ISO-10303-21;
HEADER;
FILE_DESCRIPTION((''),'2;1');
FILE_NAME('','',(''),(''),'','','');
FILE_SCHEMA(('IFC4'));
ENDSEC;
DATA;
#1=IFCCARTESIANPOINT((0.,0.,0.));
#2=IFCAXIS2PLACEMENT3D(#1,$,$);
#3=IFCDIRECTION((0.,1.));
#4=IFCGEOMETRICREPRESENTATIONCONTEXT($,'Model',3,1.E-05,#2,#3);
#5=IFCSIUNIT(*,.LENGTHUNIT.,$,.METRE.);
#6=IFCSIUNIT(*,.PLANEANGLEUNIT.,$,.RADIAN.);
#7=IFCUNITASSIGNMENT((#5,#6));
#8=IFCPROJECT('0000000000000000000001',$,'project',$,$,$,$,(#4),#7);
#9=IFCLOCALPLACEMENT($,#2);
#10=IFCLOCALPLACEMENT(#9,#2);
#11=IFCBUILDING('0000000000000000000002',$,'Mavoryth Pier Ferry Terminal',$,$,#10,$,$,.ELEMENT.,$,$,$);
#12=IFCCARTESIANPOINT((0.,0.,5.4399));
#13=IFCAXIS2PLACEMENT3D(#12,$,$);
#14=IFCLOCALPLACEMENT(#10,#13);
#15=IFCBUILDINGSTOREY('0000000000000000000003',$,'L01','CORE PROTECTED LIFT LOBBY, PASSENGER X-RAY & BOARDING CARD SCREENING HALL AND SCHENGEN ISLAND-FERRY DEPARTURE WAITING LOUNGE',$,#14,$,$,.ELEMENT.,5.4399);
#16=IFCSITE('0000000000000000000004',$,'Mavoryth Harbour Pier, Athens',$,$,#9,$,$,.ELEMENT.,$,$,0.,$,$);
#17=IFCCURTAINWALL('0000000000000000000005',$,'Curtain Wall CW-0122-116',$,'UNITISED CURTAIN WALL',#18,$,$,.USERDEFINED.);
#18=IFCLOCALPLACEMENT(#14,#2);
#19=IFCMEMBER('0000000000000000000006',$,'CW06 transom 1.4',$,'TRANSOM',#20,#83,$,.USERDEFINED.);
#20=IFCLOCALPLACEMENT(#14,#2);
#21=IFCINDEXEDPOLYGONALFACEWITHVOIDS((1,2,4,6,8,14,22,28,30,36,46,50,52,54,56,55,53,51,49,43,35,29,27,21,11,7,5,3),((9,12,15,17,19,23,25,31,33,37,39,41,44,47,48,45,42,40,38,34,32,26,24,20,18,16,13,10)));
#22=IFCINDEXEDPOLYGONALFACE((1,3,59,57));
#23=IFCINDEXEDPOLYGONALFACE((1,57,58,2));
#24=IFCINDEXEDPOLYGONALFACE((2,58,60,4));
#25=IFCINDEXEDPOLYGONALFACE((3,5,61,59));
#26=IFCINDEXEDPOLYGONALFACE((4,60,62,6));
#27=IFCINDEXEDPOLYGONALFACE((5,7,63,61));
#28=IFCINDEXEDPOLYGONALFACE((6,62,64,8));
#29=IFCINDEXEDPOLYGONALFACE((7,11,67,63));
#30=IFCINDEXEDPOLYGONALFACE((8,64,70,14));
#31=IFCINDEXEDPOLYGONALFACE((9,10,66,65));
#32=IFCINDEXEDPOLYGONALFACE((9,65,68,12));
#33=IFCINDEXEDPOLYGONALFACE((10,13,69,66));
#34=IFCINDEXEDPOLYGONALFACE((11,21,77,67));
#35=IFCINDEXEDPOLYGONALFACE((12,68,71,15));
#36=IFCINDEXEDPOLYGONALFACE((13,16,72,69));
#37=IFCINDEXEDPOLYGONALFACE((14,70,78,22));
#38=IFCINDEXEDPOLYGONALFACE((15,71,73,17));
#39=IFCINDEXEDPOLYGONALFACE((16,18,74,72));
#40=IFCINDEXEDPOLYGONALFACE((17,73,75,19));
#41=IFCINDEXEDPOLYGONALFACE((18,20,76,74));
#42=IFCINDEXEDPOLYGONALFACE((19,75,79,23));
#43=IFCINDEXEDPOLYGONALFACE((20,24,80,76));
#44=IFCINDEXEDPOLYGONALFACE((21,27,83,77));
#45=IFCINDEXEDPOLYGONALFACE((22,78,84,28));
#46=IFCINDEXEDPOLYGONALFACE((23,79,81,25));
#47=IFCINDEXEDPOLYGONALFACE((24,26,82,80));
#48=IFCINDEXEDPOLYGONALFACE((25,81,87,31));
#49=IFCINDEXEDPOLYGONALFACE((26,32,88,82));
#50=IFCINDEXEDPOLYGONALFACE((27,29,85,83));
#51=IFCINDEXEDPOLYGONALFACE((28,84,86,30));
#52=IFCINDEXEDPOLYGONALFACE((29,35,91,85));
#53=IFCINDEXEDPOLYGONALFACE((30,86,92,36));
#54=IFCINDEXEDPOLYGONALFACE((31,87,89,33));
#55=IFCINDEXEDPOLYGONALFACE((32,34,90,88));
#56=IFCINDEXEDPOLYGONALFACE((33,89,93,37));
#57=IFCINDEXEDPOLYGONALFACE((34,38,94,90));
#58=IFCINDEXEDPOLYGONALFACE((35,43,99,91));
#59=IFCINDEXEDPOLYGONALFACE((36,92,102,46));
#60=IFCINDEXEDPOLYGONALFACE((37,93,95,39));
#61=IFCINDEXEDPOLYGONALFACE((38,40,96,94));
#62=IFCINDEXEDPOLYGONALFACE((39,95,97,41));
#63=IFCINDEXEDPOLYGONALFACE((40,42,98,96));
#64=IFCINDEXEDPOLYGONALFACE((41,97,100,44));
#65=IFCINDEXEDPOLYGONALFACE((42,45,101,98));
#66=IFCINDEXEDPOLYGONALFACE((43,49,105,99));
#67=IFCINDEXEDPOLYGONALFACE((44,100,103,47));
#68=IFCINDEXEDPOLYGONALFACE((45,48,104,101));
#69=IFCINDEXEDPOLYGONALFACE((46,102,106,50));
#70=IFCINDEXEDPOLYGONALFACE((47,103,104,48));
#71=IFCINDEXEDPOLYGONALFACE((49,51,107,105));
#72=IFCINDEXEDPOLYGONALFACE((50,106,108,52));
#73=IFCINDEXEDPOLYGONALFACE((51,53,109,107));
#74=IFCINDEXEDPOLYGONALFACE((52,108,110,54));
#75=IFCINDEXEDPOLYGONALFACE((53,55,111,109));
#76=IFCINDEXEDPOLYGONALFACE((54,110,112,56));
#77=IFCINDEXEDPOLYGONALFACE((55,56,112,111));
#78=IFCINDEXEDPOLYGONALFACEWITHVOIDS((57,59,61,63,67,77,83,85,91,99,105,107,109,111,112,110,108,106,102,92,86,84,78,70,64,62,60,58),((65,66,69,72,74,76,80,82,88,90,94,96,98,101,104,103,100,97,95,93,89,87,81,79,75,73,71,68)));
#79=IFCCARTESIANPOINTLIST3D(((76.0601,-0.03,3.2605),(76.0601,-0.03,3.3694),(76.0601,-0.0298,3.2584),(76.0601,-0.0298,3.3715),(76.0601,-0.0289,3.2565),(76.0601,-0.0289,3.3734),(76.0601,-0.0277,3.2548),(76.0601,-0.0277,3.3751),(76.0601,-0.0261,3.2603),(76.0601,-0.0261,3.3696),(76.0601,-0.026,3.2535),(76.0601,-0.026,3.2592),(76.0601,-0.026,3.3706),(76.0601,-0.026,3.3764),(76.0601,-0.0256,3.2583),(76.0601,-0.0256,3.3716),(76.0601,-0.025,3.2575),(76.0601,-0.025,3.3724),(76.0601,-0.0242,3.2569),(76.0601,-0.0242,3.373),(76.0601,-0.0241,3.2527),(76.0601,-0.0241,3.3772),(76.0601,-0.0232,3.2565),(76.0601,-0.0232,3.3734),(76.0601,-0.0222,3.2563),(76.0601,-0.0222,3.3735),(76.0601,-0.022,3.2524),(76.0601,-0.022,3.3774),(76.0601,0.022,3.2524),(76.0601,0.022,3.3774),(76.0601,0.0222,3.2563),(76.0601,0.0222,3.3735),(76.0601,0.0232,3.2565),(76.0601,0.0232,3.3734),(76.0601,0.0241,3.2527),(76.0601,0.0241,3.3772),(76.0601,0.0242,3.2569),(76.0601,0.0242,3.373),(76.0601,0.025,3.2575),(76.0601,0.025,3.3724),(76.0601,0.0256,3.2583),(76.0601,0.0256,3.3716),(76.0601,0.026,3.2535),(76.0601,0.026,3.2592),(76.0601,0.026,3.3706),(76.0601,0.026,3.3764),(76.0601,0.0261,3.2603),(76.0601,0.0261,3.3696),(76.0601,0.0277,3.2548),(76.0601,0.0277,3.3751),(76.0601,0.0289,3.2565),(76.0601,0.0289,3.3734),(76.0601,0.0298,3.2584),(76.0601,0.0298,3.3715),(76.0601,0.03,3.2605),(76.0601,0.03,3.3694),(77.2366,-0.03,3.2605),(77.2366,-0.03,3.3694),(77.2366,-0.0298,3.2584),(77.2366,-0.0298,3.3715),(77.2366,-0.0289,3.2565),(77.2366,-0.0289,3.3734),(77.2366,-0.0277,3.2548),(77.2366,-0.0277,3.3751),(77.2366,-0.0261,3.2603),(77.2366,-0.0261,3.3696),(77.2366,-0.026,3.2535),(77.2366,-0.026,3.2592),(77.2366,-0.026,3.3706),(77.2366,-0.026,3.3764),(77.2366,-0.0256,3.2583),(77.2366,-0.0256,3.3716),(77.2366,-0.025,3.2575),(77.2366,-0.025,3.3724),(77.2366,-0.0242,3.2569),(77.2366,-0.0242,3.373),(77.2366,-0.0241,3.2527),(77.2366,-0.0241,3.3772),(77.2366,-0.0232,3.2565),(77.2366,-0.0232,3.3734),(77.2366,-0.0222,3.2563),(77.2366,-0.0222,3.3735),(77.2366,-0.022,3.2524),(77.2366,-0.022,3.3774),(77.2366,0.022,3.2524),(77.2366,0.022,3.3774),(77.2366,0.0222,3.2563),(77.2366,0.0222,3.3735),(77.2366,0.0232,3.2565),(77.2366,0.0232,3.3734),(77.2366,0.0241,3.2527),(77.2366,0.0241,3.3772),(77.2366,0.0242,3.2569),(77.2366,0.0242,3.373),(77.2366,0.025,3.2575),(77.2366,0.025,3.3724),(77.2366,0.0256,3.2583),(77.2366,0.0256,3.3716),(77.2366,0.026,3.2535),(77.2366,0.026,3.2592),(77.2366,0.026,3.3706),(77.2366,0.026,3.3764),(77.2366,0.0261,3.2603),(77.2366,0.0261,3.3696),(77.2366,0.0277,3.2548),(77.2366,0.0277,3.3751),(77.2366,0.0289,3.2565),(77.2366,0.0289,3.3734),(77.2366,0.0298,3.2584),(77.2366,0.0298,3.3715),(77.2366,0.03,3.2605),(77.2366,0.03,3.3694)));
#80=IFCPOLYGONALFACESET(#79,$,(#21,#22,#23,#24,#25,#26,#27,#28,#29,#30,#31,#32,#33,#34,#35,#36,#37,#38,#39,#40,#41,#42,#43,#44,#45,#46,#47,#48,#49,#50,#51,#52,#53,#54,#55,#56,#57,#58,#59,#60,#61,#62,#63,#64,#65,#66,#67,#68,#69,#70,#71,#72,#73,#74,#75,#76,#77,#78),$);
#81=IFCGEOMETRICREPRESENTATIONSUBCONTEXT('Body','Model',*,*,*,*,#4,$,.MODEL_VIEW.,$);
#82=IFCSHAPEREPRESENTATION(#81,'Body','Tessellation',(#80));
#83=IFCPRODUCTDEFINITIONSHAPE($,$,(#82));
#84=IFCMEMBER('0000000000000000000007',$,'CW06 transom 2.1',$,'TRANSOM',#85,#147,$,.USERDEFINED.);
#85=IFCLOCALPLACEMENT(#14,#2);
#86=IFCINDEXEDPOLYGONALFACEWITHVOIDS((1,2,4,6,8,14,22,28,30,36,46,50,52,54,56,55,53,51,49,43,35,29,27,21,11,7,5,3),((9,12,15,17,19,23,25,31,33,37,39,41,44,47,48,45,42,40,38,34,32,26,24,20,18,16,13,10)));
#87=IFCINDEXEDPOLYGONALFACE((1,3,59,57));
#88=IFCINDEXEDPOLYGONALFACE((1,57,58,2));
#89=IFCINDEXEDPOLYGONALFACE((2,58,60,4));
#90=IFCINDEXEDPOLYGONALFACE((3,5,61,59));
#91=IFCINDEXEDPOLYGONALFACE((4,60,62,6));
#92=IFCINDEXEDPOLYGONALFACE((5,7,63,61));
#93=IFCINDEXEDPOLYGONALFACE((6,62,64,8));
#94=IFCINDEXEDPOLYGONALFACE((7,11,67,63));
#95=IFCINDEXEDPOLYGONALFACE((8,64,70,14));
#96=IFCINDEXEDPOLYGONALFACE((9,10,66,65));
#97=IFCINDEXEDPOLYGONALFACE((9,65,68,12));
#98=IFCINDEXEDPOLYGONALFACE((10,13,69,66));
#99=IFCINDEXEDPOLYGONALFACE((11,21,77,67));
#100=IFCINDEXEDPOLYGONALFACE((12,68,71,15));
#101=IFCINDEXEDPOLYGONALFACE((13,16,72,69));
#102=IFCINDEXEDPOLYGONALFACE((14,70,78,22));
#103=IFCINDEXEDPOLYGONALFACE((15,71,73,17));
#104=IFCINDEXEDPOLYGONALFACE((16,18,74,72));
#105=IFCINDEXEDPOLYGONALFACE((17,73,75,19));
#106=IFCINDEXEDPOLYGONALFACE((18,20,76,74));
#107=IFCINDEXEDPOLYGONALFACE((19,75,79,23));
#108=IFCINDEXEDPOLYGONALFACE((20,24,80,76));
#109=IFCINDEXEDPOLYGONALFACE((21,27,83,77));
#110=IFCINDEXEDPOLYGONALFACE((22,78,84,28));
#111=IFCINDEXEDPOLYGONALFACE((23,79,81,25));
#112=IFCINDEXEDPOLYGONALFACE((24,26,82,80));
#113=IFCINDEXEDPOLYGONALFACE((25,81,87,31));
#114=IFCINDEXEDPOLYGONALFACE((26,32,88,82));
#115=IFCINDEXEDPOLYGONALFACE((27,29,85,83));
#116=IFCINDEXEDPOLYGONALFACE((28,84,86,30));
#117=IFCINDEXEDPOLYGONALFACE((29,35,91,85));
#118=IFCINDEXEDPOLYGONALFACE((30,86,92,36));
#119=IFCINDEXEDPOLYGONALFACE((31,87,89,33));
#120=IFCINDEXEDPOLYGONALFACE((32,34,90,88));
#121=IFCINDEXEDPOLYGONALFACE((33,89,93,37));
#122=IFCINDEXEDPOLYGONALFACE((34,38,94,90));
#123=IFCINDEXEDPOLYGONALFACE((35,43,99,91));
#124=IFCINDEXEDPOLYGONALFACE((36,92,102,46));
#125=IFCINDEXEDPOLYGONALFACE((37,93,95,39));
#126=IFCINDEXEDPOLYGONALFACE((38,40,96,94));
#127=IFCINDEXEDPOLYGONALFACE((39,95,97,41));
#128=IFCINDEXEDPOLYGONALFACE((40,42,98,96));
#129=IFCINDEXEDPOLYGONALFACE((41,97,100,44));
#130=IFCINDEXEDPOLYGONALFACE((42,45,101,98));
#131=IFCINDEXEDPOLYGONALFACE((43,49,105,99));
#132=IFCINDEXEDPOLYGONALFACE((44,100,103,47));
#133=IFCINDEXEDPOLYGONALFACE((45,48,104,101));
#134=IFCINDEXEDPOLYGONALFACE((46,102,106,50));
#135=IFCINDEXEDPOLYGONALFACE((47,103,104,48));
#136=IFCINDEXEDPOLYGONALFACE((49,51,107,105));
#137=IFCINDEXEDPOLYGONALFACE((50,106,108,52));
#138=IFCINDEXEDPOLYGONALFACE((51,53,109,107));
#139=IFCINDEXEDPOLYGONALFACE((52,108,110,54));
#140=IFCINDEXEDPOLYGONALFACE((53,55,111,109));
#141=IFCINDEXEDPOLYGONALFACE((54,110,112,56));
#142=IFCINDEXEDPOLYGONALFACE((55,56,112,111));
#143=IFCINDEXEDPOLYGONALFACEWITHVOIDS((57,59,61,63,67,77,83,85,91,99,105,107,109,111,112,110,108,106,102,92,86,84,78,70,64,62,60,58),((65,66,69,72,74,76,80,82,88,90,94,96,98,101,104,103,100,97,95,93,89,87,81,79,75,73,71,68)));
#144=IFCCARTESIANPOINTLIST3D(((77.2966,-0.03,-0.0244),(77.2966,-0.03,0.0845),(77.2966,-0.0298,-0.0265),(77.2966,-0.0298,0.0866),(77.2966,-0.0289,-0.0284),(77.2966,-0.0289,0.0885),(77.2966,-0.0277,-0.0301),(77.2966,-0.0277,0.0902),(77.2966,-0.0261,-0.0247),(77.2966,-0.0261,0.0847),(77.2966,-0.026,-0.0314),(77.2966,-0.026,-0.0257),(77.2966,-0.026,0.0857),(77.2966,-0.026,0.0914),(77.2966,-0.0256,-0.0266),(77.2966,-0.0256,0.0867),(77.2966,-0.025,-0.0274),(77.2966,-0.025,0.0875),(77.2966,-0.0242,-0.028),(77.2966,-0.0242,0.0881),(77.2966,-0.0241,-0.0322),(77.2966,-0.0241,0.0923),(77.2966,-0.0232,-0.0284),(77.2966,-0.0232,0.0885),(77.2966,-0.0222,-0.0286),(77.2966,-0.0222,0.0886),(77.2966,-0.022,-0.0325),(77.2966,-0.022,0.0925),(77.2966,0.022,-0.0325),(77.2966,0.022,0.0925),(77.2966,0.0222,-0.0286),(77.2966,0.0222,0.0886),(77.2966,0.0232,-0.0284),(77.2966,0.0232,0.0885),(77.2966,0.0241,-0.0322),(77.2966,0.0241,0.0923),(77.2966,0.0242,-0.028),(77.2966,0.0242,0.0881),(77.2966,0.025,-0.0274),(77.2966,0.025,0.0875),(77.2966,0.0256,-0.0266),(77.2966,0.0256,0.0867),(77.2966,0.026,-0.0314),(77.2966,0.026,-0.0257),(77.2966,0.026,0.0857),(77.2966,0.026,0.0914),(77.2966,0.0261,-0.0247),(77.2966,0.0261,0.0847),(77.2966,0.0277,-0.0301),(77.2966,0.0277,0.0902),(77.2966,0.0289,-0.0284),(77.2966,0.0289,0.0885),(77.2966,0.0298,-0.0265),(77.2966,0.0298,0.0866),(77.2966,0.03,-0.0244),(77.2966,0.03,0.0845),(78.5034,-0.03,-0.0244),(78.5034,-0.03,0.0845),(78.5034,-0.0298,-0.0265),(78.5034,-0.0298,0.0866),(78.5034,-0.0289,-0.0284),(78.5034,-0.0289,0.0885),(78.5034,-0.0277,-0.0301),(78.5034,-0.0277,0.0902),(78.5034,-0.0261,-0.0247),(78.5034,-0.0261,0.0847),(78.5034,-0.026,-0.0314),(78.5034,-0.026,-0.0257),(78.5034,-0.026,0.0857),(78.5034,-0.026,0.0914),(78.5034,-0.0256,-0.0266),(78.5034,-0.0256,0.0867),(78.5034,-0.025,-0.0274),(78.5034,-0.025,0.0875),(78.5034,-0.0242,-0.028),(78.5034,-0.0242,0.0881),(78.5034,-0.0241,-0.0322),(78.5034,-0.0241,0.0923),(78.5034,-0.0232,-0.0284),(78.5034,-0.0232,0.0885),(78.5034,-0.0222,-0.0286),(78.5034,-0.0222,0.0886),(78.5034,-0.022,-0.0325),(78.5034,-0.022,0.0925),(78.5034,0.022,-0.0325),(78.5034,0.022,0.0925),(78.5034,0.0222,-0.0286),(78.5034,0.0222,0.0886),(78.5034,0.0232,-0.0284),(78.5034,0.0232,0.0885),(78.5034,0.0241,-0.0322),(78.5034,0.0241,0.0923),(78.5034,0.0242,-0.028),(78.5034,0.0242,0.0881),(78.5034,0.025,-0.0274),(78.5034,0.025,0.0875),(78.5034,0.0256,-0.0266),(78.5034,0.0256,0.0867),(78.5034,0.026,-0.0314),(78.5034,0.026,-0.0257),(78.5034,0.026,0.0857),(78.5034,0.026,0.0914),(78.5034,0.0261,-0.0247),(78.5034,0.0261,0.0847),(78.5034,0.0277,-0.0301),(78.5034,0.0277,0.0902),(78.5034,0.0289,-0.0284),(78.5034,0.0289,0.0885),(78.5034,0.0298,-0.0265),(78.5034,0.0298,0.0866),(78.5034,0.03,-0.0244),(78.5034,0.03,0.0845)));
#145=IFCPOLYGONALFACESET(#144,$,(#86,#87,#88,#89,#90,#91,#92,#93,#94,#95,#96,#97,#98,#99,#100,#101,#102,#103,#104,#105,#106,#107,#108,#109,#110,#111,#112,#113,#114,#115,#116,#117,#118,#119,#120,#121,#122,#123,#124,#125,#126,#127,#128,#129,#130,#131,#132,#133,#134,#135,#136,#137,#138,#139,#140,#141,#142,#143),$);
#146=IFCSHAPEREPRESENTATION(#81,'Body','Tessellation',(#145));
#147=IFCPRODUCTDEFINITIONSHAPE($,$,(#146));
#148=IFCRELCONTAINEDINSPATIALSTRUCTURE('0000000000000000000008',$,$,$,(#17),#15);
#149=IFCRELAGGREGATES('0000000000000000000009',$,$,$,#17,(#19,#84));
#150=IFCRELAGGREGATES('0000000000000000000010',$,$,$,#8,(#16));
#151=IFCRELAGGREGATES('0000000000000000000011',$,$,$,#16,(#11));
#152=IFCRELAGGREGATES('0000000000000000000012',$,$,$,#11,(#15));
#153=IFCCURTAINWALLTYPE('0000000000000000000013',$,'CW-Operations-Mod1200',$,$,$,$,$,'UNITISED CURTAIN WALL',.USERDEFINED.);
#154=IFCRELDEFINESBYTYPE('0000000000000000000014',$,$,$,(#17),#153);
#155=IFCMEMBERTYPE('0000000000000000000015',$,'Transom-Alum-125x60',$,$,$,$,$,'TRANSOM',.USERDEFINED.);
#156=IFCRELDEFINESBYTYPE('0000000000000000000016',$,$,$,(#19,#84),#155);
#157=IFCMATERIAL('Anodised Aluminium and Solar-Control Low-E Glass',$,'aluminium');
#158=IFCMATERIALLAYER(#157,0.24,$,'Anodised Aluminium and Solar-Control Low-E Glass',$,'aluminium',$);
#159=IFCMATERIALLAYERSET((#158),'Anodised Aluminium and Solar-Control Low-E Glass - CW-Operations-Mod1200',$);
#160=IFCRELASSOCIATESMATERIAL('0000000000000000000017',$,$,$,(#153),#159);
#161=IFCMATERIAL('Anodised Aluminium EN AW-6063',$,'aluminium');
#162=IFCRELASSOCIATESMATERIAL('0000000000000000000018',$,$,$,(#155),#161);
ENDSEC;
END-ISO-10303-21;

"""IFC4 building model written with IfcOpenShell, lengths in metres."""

from ifc_helpers import new_model, si_unit, direction, frame, origin, origin_2d, place, context, subcontext, project, spatial, hollow_rectangle, extrude, material, layer, layer_set, material_profile, profile_set, type_object, element, aggregate, save


model = new_model("IFC4")

# Units and contexts
model_context = context("Model", 3, precision=1e-05, world=origin(), true_north=direction((0.0, 1.0)))
body_context = subcontext(model_context, "Body", "Model", "MODEL_VIEW")
ifc_project = project(units=[si_unit("LENGTHUNIT", "METRE"), si_unit("PLANEANGLEUNIT", "RADIAN")], contexts=[model_context])

# Site, building, storey
site_placement = place(None, origin())
site = spatial("IfcSite", under=ifc_project, at=site_placement, Name="Mavoryth Harbour Pier, Athens", CompositionType="ELEMENT", RefElevation=0.0)
building_placement = place(site_placement, origin())
building = spatial("IfcBuilding", under=site, at=building_placement, Name="Mavoryth Pier Ferry Terminal", CompositionType="ELEMENT")
storey_placement = place(building_placement, frame((0.0, 0.0, 5.4399)))
storey = spatial("IfcBuildingStorey", under=building, at=storey_placement, Name="L01", Description="CORE PROTECTED LIFT LOBBY, PASSENGER X-RAY & BOARDING CARD SCREENING HALL AND SCHENGEN ISLAND-FERRY DEPARTURE WAITING LOUNGE", CompositionType="ELEMENT", Elevation=5.4399)

# Curtain wall
ifc_material_1 = material(Name="Anodised Aluminium and Solar-Control Low-E Glass", Category="aluminium")
ifc_layer_1 = layer(ifc_material_1, 0.24, Name="Anodised Aluminium and Solar-Control Low-E Glass", Category="aluminium")
ifc_layer_set_1 = layer_set([ifc_layer_1], Name="Anodised Aluminium and Solar-Control Low-E Glass - CW-Operations-Mod1200")
curtain_wall_type = type_object("IfcCurtainWallType", Name="CW-Operations-Mod1200", ElementType="UNITISED CURTAIN WALL", PredefinedType="USERDEFINED", material=ifc_layer_set_1)
ifc_material_2 = material(Name="Anodised Aluminium EN AW-6063", Category="aluminium")
curtain_wall_1_placement = place(storey_placement, origin())
curtain_wall_1 = element("IfcCurtainWall", 1, at=curtain_wall_1_placement, inside=storey, type_object=curtain_wall_type, Name="Curtain Wall CW-0122-116", ObjectType="UNITISED CURTAIN WALL", PredefinedType="USERDEFINED")

# Members
ifc_material_profile_1 = material_profile(ifc_material_2, hollow_rectangle(XDim=0.0601, YDim=0.125, WallThickness=0.0039, InnerFilletRadius=0.0039, OuterFilletRadius=0.0081, at=origin_2d()), Name="AL-TRAN 125x60x4", Category="aluminium")
ifc_profile_set_1 = profile_set([ifc_material_profile_1], Name="Anodised Aluminium EN AW-6063 - AL-TRAN 125x60x4")
member_type_1 = type_object("IfcMemberType", Name="Transom-Alum-125x60", ElementType="TRANSOM", PredefinedType="USERDEFINED", material=ifc_profile_set_1)
member_1_placement = place(storey_placement, frame((76.0601, 0.0, 3.3149), z_axis=(1.0, 0.0, 0.0), x_axis=(0.0, 1.0, 0.0)))
member_1 = element("IfcMember", 2, at=member_1_placement, type_object=member_type_1, Name="CW06 transom 1.4", ObjectType="TRANSOM", PredefinedType="USERDEFINED", context=body_context, shape_type="SweptSolid", body=[
    extrude(hollow_rectangle(XDim=0.0601, YDim=0.125, WallThickness=0.0039, InnerFilletRadius=0.0039, OuterFilletRadius=0.0081, at=origin_2d()), origin(), (0.0, 0.0, 1.0), 1.1765),
])
member_2_placement = place(storey_placement, frame((77.2966, 0.0, 0.03), z_axis=(1.0, 0.0, 0.0), x_axis=(0.0, 1.0, 0.0)))
member_2 = element("IfcMember", 3, at=member_2_placement, type_object=member_type_1, Name="CW06 transom 2.1", ObjectType="TRANSOM", PredefinedType="USERDEFINED", context=body_context, shape_type="SweptSolid", body=[
    extrude(hollow_rectangle(XDim=0.0601, YDim=0.125, WallThickness=0.0039, InnerFilletRadius=0.0039, OuterFilletRadius=0.0081, at=origin_2d()), origin(), (0.0, 0.0, 1.0), 1.2068),
])

aggregate(curtain_wall_1, [member_1, member_2])

save(model, "model.ifc")
